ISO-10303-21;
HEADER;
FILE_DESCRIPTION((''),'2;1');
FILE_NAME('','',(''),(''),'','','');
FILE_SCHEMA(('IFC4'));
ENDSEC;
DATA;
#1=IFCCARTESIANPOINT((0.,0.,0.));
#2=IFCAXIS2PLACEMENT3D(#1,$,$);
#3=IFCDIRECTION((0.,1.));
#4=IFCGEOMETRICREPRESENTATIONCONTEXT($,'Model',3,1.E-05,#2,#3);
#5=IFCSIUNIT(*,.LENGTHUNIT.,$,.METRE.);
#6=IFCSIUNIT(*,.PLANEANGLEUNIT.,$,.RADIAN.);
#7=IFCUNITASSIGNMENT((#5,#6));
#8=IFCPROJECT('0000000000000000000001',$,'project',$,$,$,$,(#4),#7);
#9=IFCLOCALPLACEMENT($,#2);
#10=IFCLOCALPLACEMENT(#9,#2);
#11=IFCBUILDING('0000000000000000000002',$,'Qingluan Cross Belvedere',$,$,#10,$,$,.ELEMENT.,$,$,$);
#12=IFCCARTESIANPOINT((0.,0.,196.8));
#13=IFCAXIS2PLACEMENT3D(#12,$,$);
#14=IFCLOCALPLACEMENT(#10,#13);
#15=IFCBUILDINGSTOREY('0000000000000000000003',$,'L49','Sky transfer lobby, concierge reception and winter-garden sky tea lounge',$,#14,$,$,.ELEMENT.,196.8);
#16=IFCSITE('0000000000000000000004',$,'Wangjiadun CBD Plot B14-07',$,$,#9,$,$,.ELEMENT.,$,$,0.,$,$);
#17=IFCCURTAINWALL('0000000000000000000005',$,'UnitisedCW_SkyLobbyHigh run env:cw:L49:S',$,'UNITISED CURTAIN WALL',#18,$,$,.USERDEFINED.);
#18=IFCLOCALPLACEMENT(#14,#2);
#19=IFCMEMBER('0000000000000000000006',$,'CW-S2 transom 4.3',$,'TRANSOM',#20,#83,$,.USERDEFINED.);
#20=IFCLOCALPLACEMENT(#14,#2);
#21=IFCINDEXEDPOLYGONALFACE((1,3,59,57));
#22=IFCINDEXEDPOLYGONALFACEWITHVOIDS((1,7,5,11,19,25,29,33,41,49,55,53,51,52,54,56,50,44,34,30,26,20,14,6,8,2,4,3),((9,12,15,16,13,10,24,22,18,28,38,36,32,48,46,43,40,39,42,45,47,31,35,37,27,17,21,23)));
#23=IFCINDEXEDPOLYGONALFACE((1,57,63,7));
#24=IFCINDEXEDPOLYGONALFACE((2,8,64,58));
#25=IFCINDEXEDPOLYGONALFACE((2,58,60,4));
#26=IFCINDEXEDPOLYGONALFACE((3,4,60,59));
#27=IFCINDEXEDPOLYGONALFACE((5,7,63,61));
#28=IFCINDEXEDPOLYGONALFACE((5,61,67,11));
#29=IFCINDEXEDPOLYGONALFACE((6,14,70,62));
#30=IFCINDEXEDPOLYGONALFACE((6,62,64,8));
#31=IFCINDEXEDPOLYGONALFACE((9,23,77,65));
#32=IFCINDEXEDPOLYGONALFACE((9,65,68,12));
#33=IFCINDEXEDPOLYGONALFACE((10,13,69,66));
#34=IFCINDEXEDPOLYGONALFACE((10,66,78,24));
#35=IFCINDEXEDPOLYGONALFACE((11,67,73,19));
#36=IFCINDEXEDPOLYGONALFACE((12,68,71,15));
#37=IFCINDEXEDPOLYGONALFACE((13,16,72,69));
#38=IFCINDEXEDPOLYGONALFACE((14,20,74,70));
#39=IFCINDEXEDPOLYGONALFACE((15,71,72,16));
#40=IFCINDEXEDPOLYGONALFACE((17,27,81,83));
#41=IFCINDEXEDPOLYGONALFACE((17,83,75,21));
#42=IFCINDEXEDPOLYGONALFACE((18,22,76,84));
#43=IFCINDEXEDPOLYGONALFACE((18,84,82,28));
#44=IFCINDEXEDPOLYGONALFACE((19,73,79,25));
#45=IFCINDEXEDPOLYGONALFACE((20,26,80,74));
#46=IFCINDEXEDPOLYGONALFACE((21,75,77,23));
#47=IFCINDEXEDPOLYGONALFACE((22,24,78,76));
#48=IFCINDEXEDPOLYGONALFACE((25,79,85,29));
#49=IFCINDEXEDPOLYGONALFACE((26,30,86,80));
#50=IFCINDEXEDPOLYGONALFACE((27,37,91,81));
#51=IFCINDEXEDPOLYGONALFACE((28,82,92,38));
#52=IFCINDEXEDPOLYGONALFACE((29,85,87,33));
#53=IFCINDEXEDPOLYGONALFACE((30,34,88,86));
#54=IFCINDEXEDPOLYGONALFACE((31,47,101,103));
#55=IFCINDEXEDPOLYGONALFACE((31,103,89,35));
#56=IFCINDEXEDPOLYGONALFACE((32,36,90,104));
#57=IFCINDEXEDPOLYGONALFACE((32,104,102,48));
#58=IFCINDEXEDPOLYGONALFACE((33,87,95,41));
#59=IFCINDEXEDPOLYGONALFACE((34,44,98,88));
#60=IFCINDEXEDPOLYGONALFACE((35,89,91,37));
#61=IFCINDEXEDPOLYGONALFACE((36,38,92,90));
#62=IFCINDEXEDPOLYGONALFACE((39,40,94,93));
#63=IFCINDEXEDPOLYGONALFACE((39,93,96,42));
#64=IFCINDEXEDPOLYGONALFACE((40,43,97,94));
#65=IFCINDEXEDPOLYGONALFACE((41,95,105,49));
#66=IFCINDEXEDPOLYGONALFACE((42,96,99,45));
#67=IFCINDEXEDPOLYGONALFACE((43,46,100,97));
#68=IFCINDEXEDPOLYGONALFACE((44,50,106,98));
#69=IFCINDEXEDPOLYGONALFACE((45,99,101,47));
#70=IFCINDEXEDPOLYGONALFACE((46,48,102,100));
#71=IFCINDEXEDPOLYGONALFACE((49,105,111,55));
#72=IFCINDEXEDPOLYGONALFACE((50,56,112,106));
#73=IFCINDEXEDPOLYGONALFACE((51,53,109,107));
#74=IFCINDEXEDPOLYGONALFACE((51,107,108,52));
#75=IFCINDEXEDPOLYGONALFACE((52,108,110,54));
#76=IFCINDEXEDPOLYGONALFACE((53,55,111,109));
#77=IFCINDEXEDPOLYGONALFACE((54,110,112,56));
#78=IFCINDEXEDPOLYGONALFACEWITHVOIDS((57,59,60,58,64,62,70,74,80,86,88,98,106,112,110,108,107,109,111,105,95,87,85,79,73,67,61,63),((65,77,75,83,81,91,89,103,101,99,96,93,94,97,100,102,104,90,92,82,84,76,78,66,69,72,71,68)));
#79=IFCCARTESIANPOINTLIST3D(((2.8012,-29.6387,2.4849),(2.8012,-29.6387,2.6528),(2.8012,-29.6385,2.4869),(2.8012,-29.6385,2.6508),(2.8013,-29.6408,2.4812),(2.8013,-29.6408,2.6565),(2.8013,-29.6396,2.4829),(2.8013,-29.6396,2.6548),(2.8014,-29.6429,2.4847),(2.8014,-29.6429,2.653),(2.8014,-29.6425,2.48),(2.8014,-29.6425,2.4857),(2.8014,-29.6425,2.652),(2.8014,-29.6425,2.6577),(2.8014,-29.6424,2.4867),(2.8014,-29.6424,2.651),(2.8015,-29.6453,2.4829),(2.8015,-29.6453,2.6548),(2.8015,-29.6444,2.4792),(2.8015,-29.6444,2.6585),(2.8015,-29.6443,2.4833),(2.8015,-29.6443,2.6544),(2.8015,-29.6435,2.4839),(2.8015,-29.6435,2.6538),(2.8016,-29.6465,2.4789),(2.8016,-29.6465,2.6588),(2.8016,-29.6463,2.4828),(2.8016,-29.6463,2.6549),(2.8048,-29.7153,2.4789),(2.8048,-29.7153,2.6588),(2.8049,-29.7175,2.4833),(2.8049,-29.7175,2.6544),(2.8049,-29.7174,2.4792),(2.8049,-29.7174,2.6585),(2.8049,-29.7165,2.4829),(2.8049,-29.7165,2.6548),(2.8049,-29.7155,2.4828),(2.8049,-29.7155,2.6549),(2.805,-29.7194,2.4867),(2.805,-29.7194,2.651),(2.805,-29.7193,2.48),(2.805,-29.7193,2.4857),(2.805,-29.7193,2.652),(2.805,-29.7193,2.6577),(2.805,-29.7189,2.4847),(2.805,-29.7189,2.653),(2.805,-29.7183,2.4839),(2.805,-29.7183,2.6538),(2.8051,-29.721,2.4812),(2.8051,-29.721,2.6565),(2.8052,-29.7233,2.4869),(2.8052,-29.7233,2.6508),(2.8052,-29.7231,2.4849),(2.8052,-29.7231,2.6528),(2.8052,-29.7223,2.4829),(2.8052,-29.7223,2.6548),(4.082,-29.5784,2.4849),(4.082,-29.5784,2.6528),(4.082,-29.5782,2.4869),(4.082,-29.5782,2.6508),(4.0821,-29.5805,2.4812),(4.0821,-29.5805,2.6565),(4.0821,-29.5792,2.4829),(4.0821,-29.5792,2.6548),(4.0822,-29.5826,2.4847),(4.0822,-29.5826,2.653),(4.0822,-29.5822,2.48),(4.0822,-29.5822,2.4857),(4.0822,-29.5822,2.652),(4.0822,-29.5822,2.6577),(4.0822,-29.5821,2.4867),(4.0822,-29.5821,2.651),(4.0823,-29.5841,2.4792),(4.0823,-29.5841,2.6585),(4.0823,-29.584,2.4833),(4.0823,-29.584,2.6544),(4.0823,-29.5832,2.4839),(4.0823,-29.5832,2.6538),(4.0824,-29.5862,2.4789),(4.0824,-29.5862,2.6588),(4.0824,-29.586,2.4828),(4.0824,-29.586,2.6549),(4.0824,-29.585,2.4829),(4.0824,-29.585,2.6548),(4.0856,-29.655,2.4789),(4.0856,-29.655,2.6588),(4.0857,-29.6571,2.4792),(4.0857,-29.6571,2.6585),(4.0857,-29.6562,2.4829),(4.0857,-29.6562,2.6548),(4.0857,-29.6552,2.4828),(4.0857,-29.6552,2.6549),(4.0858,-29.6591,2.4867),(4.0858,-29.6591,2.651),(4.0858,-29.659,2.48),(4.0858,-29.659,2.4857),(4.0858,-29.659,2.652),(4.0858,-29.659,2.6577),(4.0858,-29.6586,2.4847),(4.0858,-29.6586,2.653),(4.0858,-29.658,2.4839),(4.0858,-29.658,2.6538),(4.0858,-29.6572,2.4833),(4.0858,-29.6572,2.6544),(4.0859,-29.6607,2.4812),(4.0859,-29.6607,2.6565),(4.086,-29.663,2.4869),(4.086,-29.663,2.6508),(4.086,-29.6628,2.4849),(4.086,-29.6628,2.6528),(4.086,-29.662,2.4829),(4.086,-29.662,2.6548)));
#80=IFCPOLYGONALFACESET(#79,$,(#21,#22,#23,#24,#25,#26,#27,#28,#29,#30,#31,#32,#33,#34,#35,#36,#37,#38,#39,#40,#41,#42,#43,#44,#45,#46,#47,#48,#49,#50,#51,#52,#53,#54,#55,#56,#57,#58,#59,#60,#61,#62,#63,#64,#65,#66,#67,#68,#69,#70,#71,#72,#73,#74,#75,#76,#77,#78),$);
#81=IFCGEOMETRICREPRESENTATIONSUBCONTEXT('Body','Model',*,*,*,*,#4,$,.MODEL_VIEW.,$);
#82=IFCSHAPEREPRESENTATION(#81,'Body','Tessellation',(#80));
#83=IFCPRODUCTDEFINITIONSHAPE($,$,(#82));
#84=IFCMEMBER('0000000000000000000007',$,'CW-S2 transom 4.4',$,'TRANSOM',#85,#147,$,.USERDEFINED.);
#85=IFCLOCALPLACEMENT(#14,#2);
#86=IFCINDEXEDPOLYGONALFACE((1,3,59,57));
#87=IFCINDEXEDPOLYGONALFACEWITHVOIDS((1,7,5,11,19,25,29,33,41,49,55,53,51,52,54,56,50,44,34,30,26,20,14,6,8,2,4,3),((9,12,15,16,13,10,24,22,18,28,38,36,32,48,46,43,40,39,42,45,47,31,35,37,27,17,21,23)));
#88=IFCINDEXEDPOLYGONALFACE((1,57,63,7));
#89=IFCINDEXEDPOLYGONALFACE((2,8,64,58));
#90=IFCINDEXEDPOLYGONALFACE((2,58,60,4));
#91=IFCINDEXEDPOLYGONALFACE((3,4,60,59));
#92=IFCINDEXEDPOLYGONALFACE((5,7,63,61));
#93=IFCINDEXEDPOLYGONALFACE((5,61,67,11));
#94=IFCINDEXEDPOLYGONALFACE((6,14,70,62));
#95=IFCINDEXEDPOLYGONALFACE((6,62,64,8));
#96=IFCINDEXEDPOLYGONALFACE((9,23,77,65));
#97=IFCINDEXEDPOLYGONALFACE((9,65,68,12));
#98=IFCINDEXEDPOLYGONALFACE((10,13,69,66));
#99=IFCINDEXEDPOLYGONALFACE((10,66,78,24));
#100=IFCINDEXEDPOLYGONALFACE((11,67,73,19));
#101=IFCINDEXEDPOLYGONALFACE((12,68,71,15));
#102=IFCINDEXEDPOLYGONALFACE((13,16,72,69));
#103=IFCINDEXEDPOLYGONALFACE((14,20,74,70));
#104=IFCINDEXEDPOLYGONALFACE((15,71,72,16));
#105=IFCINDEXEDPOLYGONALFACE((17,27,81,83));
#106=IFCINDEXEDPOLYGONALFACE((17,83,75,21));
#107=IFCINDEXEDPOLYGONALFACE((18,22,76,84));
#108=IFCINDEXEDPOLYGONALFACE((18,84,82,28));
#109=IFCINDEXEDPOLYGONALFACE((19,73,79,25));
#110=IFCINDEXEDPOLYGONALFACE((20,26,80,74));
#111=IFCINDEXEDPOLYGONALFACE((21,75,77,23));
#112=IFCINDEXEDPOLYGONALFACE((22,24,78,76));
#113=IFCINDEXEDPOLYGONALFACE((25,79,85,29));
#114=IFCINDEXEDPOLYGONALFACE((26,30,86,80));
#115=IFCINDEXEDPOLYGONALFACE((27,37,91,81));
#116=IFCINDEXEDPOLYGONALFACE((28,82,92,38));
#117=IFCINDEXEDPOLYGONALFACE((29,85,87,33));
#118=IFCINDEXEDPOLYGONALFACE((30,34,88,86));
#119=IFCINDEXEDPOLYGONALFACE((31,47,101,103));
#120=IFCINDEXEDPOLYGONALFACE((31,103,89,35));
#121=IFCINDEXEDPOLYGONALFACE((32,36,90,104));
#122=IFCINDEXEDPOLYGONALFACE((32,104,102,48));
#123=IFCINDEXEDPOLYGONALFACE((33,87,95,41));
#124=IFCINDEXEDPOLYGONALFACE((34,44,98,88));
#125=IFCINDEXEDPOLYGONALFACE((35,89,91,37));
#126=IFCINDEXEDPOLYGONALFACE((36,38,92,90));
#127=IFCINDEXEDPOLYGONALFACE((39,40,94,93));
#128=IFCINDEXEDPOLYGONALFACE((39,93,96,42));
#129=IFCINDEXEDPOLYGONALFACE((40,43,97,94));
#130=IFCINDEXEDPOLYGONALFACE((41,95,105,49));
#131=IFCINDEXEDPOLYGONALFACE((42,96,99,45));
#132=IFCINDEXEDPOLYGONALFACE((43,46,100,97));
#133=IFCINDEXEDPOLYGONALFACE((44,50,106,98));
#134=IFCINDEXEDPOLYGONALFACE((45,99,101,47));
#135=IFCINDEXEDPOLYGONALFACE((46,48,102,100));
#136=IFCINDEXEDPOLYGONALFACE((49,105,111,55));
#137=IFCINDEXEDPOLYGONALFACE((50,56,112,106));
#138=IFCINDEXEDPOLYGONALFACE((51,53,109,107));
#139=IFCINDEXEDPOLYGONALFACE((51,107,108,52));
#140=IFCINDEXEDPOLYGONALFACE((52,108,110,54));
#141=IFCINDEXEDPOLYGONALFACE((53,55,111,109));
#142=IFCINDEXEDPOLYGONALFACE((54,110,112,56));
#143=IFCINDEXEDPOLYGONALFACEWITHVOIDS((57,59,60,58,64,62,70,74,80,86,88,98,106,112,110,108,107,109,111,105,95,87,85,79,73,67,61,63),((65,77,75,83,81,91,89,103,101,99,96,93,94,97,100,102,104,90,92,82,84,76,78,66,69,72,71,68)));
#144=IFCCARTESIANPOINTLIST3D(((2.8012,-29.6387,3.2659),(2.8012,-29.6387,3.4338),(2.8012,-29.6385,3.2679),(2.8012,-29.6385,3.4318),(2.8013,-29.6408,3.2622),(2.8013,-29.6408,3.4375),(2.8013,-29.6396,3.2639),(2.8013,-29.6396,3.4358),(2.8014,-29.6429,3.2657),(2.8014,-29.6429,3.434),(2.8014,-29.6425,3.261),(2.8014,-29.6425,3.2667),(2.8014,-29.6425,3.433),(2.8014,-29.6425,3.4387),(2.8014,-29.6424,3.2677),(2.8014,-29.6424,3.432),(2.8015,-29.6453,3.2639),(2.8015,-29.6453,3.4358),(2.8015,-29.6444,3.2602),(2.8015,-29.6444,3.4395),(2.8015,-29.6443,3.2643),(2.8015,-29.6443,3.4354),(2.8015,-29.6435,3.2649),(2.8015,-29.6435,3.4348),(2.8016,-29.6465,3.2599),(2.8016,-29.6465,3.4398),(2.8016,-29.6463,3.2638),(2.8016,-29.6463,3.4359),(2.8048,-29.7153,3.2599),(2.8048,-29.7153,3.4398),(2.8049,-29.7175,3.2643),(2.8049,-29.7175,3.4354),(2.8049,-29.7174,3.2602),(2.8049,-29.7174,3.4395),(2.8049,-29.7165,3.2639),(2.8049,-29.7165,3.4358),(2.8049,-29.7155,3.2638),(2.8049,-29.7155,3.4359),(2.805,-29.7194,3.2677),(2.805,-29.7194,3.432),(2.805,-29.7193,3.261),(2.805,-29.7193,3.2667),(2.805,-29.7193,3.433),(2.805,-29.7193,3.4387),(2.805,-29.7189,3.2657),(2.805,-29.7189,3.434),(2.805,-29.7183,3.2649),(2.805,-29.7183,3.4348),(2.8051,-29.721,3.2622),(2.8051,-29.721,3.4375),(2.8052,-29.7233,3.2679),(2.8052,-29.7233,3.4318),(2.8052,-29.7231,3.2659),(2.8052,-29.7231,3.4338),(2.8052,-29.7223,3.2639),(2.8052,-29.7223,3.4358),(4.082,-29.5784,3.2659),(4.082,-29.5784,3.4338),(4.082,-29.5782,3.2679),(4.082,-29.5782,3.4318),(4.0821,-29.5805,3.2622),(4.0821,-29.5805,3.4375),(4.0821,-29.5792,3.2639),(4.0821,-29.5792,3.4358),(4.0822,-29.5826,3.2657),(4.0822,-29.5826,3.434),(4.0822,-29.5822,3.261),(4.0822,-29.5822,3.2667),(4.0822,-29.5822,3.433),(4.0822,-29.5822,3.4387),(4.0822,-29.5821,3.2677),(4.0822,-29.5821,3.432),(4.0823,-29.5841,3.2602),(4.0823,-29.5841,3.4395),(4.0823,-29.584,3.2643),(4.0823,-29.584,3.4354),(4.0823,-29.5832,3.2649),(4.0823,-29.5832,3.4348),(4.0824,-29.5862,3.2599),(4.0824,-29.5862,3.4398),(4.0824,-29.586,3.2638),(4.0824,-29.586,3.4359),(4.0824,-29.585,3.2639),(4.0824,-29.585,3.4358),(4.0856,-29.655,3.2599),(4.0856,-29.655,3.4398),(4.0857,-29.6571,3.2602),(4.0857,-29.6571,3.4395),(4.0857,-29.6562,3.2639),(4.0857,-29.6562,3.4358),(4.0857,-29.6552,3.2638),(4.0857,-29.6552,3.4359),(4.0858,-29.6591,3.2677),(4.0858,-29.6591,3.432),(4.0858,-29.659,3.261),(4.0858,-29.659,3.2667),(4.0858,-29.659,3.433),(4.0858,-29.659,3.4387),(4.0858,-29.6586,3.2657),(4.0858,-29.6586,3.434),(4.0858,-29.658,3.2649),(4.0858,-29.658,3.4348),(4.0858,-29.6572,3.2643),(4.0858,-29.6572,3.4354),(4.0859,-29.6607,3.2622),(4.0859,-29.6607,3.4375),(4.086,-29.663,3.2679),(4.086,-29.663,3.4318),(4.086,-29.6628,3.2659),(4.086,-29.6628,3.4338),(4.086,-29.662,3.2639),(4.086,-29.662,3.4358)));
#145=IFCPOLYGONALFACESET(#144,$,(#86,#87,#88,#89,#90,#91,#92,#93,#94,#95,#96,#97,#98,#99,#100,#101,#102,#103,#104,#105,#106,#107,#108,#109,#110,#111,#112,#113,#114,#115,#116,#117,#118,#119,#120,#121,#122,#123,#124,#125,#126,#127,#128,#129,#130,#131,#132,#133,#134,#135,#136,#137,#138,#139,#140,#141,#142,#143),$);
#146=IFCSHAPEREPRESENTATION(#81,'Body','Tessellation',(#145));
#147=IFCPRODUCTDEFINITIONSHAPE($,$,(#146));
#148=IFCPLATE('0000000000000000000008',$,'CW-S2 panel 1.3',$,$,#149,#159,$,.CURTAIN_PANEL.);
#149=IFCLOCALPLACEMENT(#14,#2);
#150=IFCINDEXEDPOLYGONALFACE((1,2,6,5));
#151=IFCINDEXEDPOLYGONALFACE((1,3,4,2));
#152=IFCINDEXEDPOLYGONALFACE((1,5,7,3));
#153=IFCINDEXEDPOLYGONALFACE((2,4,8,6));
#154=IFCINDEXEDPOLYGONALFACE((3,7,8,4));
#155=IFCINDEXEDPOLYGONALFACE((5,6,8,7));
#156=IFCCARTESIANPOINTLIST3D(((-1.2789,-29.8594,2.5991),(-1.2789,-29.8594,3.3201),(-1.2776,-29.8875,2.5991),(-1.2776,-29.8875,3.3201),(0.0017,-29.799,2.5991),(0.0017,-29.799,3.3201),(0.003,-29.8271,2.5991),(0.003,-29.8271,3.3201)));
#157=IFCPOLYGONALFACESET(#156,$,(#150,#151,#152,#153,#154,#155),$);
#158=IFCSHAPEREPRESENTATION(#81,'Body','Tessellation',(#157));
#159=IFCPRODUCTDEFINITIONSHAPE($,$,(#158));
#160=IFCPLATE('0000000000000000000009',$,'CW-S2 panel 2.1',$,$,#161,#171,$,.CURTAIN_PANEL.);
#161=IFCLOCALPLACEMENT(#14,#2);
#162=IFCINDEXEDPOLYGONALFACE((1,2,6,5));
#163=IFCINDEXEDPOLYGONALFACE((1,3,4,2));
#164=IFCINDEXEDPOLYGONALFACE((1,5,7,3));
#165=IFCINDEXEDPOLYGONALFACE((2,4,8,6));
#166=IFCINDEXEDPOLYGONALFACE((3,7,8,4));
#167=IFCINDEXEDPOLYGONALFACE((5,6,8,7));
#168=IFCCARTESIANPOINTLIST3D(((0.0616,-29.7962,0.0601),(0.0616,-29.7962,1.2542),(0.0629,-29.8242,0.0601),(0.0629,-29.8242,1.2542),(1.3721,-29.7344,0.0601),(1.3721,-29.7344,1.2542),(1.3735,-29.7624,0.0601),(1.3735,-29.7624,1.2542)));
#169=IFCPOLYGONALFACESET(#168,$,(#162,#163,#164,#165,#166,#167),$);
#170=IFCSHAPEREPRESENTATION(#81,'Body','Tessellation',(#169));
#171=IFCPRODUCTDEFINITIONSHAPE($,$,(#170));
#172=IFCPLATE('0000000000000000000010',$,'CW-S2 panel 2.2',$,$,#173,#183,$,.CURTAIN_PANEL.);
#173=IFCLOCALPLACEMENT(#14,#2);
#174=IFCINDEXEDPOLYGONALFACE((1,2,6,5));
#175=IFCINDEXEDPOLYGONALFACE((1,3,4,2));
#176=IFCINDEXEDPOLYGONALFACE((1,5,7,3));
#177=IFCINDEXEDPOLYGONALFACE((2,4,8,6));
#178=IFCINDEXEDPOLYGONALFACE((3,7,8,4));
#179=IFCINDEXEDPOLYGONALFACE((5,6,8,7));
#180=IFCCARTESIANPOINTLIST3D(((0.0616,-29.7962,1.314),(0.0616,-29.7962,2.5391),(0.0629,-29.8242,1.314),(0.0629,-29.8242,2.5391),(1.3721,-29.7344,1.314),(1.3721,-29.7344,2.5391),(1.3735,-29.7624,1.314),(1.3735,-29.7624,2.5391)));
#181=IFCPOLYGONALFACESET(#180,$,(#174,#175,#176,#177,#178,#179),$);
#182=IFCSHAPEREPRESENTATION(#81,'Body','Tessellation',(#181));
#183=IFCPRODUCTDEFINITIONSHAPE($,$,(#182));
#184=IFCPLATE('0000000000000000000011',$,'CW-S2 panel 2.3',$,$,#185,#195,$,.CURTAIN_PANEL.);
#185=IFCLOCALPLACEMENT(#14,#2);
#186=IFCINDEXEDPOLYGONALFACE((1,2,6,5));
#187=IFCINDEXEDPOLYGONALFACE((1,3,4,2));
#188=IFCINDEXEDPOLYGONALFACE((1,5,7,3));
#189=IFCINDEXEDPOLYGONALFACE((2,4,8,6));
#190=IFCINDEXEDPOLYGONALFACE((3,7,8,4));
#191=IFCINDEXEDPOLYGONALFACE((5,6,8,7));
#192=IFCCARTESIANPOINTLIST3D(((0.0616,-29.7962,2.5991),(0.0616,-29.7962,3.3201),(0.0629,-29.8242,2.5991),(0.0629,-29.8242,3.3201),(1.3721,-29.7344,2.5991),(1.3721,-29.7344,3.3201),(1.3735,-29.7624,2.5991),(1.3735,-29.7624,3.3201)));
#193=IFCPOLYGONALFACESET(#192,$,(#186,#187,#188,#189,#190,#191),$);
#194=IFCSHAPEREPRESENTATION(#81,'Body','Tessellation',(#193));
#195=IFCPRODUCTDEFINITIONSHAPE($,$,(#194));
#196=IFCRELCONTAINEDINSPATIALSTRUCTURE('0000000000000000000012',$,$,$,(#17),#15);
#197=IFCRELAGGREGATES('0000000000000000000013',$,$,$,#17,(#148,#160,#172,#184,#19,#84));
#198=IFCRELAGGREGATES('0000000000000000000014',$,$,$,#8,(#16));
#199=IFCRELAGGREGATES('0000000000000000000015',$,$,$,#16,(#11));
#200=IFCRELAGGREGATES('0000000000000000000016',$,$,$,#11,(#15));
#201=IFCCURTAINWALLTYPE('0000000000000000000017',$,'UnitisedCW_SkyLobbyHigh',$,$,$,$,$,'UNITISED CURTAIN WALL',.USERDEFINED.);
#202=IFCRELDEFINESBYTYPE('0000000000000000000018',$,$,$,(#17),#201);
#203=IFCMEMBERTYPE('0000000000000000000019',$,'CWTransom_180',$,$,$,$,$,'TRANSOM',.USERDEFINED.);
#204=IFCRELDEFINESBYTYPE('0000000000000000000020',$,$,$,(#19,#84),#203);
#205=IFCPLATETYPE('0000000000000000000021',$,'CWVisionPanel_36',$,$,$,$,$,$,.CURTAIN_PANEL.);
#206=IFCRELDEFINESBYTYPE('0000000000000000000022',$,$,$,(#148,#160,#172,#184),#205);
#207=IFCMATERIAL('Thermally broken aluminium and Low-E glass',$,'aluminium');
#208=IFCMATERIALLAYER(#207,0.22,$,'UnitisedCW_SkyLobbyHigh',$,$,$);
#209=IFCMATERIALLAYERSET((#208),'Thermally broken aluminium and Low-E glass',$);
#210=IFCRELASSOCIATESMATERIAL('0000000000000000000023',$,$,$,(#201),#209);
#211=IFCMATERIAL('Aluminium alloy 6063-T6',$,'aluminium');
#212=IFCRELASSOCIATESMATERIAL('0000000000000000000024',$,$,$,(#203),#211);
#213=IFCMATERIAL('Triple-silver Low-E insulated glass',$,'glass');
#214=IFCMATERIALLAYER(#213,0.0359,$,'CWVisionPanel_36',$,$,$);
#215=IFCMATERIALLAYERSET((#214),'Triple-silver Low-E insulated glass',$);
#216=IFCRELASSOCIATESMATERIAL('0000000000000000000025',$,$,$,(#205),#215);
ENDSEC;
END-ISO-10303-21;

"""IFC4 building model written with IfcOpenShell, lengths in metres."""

from ifc_helpers import new_model, si_unit, direction, frame, origin, origin_2d, place, context, subcontext, project, spatial, rectangle, hollow_rectangle, extrude, material, layer, layer_set, material_profile, profile_set, type_object, element, aggregate, save


model = new_model("IFC4")

# Units and contexts
model_context = context("Model", 3, precision=1e-05, world=origin(), true_north=direction((0.0, 1.0)))
body_context = subcontext(model_context, "Body", "Model", "MODEL_VIEW")
ifc_project = project(units=[si_unit("LENGTHUNIT", "METRE"), si_unit("PLANEANGLEUNIT", "RADIAN")], contexts=[model_context])

# Site, building, storey
site_placement = place(None, origin())
site = spatial("IfcSite", under=ifc_project, at=site_placement, Name="Wangjiadun CBD Plot B14-07", CompositionType="ELEMENT", RefElevation=0.0)
building_placement = place(site_placement, origin())
building = spatial("IfcBuilding", under=site, at=building_placement, Name="Qingluan Cross Belvedere", CompositionType="ELEMENT")
storey_placement = place(building_placement, frame((0.0, 0.0, 196.8)))
storey = spatial("IfcBuildingStorey", under=building, at=storey_placement, Name="L49", Description="Sky transfer lobby, concierge reception and winter-garden sky tea lounge", CompositionType="ELEMENT", Elevation=196.8)

# Curtain wall, members, plates
ifc_material_1 = material(Name="Thermally broken aluminium and Low-E glass", Category="aluminium")
ifc_layer_1 = layer(ifc_material_1, 0.22, Name="UnitisedCW_SkyLobbyHigh")
ifc_layer_set_1 = layer_set([ifc_layer_1], Name="Thermally broken aluminium and Low-E glass")
curtain_wall_type = type_object("IfcCurtainWallType", Name="UnitisedCW_SkyLobbyHigh", ElementType="UNITISED CURTAIN WALL", PredefinedType="USERDEFINED", material=ifc_layer_set_1)
curtain_wall_placement = place(storey_placement, origin())
curtain_wall = element("IfcCurtainWall", 1, at=curtain_wall_placement, inside=storey, type_object=curtain_wall_type, Name="UnitisedCW_SkyLobbyHigh run env:cw:L49:S", ObjectType="UNITISED CURTAIN WALL", PredefinedType="USERDEFINED")
ifc_material_2 = material(Name="Aluminium alloy 6063-T6", Category="aluminium")
ifc_material_profile_1 = material_profile(ifc_material_2, hollow_rectangle(XDim=0.085, YDim=0.1799, WallThickness=0.0039, InnerFilletRadius=0.0039, OuterFilletRadius=0.0081, at=origin_2d()), Name="CWT180x85x4")
ifc_profile_set_1 = profile_set([ifc_material_profile_1], Name="Aluminium alloy 6063-T6")
member_type_1 = type_object("IfcMemberType", Name="CWTransom_180", ElementType="TRANSOM", PredefinedType="USERDEFINED", material=ifc_profile_set_1)
member_1_placement = place(storey_placement, frame((2.8032, -29.6809, 2.5688), z_axis=(0.998893, 0.047031, 0.0), x_axis=(-0.047031, 0.998893, 0.0)))
member_1 = element("IfcMember", 2, at=member_1_placement, type_object=member_type_1, Name="CW-S2 transom 4.3", ObjectType="TRANSOM", PredefinedType="USERDEFINED", context=body_context, shape_type="SweptSolid", body=[
    extrude(hollow_rectangle(XDim=0.085, YDim=0.1799, WallThickness=0.0039, InnerFilletRadius=0.0039, OuterFilletRadius=0.0081, at=origin_2d()), origin(), (0.0, 0.0, 1.0), 1.2822),
])
member_2_placement = place(storey_placement, frame((2.8032, -29.6809, 3.3499), z_axis=(0.998893, 0.047031, 0.0), x_axis=(-0.047031, 0.998893, 0.0)))
member_2 = element("IfcMember", 3, at=member_2_placement, type_object=member_type_1, Name="CW-S2 transom 4.4", ObjectType="TRANSOM", PredefinedType="USERDEFINED", context=body_context, shape_type="SweptSolid", body=[
    extrude(hollow_rectangle(XDim=0.085, YDim=0.1799, WallThickness=0.0039, InnerFilletRadius=0.0039, OuterFilletRadius=0.0081, at=origin_2d()), origin(), (0.0, 0.0, 1.0), 1.2822),
])
ifc_material_3 = material(Name="Triple-silver Low-E insulated glass", Category="glass")
ifc_layer_2 = layer(ifc_material_3, 0.0359, Name="CWVisionPanel_36")
ifc_layer_set_2 = layer_set([ifc_layer_2], Name="Triple-silver Low-E insulated glass")
plate_type = type_object("IfcPlateType", Name="CWVisionPanel_36", PredefinedType="CURTAIN_PANEL", material=ifc_layer_set_2)
plate_1_placement = place(storey_placement, frame((-0.6379, -29.8433, 2.5991), z_axis=(0.0, 0.0, 1.0), x_axis=(0.99889, 0.047102, 0.0)))
plate_1 = element("IfcPlate", 4, at=plate_1_placement, type_object=plate_type, Name="CW-S2 panel 1.3", PredefinedType="CURTAIN_PANEL", context=body_context, shape_type="SweptSolid", body=[
    extrude(rectangle(XDim=1.282, YDim=0.0281, at=origin_2d()), origin(), (0.0, 0.0, 1.0), 0.7209),
])
plate_2_placement = place(storey_placement, frame((0.7175, -29.7793, 0.0601), z_axis=(0.0, 0.0, 1.0), x_axis=(0.99889, 0.047102, 0.0)))
plate_2 = element("IfcPlate", 5, at=plate_2_placement, type_object=plate_type, Name="CW-S2 panel 2.1", PredefinedType="CURTAIN_PANEL", context=body_context, shape_type="SweptSolid", body=[
    extrude(rectangle(XDim=1.312, YDim=0.0281, at=origin_2d()), origin(), (0.0, 0.0, 1.0), 1.1941),
])
plate_3_placement = place(storey_placement, frame((0.7175, -29.7793, 1.314), z_axis=(0.0, 0.0, 1.0), x_axis=(0.99889, 0.047102, 0.0)))
plate_3 = element("IfcPlate", 6, at=plate_3_placement, type_object=plate_type, Name="CW-S2 panel 2.2", PredefinedType="CURTAIN_PANEL", context=body_context, shape_type="SweptSolid", body=[
    extrude(rectangle(XDim=1.312, YDim=0.0281, at=origin_2d()), origin(), (0.0, 0.0, 1.0), 1.2251),
])
plate_4_placement = place(storey_placement, frame((0.7175, -29.7793, 2.5991), z_axis=(0.0, 0.0, 1.0), x_axis=(0.99889, 0.047102, 0.0)))
plate_4 = element("IfcPlate", 7, at=plate_4_placement, type_object=plate_type, Name="CW-S2 panel 2.3", PredefinedType="CURTAIN_PANEL", context=body_context, shape_type="SweptSolid", body=[
    extrude(rectangle(XDim=1.312, YDim=0.0281, at=origin_2d()), origin(), (0.0, 0.0, 1.0), 0.7209),
])
aggregate(curtain_wall, [plate_1, plate_2, plate_3, plate_4, member_1, member_2])

save(model, "model.ifc")
